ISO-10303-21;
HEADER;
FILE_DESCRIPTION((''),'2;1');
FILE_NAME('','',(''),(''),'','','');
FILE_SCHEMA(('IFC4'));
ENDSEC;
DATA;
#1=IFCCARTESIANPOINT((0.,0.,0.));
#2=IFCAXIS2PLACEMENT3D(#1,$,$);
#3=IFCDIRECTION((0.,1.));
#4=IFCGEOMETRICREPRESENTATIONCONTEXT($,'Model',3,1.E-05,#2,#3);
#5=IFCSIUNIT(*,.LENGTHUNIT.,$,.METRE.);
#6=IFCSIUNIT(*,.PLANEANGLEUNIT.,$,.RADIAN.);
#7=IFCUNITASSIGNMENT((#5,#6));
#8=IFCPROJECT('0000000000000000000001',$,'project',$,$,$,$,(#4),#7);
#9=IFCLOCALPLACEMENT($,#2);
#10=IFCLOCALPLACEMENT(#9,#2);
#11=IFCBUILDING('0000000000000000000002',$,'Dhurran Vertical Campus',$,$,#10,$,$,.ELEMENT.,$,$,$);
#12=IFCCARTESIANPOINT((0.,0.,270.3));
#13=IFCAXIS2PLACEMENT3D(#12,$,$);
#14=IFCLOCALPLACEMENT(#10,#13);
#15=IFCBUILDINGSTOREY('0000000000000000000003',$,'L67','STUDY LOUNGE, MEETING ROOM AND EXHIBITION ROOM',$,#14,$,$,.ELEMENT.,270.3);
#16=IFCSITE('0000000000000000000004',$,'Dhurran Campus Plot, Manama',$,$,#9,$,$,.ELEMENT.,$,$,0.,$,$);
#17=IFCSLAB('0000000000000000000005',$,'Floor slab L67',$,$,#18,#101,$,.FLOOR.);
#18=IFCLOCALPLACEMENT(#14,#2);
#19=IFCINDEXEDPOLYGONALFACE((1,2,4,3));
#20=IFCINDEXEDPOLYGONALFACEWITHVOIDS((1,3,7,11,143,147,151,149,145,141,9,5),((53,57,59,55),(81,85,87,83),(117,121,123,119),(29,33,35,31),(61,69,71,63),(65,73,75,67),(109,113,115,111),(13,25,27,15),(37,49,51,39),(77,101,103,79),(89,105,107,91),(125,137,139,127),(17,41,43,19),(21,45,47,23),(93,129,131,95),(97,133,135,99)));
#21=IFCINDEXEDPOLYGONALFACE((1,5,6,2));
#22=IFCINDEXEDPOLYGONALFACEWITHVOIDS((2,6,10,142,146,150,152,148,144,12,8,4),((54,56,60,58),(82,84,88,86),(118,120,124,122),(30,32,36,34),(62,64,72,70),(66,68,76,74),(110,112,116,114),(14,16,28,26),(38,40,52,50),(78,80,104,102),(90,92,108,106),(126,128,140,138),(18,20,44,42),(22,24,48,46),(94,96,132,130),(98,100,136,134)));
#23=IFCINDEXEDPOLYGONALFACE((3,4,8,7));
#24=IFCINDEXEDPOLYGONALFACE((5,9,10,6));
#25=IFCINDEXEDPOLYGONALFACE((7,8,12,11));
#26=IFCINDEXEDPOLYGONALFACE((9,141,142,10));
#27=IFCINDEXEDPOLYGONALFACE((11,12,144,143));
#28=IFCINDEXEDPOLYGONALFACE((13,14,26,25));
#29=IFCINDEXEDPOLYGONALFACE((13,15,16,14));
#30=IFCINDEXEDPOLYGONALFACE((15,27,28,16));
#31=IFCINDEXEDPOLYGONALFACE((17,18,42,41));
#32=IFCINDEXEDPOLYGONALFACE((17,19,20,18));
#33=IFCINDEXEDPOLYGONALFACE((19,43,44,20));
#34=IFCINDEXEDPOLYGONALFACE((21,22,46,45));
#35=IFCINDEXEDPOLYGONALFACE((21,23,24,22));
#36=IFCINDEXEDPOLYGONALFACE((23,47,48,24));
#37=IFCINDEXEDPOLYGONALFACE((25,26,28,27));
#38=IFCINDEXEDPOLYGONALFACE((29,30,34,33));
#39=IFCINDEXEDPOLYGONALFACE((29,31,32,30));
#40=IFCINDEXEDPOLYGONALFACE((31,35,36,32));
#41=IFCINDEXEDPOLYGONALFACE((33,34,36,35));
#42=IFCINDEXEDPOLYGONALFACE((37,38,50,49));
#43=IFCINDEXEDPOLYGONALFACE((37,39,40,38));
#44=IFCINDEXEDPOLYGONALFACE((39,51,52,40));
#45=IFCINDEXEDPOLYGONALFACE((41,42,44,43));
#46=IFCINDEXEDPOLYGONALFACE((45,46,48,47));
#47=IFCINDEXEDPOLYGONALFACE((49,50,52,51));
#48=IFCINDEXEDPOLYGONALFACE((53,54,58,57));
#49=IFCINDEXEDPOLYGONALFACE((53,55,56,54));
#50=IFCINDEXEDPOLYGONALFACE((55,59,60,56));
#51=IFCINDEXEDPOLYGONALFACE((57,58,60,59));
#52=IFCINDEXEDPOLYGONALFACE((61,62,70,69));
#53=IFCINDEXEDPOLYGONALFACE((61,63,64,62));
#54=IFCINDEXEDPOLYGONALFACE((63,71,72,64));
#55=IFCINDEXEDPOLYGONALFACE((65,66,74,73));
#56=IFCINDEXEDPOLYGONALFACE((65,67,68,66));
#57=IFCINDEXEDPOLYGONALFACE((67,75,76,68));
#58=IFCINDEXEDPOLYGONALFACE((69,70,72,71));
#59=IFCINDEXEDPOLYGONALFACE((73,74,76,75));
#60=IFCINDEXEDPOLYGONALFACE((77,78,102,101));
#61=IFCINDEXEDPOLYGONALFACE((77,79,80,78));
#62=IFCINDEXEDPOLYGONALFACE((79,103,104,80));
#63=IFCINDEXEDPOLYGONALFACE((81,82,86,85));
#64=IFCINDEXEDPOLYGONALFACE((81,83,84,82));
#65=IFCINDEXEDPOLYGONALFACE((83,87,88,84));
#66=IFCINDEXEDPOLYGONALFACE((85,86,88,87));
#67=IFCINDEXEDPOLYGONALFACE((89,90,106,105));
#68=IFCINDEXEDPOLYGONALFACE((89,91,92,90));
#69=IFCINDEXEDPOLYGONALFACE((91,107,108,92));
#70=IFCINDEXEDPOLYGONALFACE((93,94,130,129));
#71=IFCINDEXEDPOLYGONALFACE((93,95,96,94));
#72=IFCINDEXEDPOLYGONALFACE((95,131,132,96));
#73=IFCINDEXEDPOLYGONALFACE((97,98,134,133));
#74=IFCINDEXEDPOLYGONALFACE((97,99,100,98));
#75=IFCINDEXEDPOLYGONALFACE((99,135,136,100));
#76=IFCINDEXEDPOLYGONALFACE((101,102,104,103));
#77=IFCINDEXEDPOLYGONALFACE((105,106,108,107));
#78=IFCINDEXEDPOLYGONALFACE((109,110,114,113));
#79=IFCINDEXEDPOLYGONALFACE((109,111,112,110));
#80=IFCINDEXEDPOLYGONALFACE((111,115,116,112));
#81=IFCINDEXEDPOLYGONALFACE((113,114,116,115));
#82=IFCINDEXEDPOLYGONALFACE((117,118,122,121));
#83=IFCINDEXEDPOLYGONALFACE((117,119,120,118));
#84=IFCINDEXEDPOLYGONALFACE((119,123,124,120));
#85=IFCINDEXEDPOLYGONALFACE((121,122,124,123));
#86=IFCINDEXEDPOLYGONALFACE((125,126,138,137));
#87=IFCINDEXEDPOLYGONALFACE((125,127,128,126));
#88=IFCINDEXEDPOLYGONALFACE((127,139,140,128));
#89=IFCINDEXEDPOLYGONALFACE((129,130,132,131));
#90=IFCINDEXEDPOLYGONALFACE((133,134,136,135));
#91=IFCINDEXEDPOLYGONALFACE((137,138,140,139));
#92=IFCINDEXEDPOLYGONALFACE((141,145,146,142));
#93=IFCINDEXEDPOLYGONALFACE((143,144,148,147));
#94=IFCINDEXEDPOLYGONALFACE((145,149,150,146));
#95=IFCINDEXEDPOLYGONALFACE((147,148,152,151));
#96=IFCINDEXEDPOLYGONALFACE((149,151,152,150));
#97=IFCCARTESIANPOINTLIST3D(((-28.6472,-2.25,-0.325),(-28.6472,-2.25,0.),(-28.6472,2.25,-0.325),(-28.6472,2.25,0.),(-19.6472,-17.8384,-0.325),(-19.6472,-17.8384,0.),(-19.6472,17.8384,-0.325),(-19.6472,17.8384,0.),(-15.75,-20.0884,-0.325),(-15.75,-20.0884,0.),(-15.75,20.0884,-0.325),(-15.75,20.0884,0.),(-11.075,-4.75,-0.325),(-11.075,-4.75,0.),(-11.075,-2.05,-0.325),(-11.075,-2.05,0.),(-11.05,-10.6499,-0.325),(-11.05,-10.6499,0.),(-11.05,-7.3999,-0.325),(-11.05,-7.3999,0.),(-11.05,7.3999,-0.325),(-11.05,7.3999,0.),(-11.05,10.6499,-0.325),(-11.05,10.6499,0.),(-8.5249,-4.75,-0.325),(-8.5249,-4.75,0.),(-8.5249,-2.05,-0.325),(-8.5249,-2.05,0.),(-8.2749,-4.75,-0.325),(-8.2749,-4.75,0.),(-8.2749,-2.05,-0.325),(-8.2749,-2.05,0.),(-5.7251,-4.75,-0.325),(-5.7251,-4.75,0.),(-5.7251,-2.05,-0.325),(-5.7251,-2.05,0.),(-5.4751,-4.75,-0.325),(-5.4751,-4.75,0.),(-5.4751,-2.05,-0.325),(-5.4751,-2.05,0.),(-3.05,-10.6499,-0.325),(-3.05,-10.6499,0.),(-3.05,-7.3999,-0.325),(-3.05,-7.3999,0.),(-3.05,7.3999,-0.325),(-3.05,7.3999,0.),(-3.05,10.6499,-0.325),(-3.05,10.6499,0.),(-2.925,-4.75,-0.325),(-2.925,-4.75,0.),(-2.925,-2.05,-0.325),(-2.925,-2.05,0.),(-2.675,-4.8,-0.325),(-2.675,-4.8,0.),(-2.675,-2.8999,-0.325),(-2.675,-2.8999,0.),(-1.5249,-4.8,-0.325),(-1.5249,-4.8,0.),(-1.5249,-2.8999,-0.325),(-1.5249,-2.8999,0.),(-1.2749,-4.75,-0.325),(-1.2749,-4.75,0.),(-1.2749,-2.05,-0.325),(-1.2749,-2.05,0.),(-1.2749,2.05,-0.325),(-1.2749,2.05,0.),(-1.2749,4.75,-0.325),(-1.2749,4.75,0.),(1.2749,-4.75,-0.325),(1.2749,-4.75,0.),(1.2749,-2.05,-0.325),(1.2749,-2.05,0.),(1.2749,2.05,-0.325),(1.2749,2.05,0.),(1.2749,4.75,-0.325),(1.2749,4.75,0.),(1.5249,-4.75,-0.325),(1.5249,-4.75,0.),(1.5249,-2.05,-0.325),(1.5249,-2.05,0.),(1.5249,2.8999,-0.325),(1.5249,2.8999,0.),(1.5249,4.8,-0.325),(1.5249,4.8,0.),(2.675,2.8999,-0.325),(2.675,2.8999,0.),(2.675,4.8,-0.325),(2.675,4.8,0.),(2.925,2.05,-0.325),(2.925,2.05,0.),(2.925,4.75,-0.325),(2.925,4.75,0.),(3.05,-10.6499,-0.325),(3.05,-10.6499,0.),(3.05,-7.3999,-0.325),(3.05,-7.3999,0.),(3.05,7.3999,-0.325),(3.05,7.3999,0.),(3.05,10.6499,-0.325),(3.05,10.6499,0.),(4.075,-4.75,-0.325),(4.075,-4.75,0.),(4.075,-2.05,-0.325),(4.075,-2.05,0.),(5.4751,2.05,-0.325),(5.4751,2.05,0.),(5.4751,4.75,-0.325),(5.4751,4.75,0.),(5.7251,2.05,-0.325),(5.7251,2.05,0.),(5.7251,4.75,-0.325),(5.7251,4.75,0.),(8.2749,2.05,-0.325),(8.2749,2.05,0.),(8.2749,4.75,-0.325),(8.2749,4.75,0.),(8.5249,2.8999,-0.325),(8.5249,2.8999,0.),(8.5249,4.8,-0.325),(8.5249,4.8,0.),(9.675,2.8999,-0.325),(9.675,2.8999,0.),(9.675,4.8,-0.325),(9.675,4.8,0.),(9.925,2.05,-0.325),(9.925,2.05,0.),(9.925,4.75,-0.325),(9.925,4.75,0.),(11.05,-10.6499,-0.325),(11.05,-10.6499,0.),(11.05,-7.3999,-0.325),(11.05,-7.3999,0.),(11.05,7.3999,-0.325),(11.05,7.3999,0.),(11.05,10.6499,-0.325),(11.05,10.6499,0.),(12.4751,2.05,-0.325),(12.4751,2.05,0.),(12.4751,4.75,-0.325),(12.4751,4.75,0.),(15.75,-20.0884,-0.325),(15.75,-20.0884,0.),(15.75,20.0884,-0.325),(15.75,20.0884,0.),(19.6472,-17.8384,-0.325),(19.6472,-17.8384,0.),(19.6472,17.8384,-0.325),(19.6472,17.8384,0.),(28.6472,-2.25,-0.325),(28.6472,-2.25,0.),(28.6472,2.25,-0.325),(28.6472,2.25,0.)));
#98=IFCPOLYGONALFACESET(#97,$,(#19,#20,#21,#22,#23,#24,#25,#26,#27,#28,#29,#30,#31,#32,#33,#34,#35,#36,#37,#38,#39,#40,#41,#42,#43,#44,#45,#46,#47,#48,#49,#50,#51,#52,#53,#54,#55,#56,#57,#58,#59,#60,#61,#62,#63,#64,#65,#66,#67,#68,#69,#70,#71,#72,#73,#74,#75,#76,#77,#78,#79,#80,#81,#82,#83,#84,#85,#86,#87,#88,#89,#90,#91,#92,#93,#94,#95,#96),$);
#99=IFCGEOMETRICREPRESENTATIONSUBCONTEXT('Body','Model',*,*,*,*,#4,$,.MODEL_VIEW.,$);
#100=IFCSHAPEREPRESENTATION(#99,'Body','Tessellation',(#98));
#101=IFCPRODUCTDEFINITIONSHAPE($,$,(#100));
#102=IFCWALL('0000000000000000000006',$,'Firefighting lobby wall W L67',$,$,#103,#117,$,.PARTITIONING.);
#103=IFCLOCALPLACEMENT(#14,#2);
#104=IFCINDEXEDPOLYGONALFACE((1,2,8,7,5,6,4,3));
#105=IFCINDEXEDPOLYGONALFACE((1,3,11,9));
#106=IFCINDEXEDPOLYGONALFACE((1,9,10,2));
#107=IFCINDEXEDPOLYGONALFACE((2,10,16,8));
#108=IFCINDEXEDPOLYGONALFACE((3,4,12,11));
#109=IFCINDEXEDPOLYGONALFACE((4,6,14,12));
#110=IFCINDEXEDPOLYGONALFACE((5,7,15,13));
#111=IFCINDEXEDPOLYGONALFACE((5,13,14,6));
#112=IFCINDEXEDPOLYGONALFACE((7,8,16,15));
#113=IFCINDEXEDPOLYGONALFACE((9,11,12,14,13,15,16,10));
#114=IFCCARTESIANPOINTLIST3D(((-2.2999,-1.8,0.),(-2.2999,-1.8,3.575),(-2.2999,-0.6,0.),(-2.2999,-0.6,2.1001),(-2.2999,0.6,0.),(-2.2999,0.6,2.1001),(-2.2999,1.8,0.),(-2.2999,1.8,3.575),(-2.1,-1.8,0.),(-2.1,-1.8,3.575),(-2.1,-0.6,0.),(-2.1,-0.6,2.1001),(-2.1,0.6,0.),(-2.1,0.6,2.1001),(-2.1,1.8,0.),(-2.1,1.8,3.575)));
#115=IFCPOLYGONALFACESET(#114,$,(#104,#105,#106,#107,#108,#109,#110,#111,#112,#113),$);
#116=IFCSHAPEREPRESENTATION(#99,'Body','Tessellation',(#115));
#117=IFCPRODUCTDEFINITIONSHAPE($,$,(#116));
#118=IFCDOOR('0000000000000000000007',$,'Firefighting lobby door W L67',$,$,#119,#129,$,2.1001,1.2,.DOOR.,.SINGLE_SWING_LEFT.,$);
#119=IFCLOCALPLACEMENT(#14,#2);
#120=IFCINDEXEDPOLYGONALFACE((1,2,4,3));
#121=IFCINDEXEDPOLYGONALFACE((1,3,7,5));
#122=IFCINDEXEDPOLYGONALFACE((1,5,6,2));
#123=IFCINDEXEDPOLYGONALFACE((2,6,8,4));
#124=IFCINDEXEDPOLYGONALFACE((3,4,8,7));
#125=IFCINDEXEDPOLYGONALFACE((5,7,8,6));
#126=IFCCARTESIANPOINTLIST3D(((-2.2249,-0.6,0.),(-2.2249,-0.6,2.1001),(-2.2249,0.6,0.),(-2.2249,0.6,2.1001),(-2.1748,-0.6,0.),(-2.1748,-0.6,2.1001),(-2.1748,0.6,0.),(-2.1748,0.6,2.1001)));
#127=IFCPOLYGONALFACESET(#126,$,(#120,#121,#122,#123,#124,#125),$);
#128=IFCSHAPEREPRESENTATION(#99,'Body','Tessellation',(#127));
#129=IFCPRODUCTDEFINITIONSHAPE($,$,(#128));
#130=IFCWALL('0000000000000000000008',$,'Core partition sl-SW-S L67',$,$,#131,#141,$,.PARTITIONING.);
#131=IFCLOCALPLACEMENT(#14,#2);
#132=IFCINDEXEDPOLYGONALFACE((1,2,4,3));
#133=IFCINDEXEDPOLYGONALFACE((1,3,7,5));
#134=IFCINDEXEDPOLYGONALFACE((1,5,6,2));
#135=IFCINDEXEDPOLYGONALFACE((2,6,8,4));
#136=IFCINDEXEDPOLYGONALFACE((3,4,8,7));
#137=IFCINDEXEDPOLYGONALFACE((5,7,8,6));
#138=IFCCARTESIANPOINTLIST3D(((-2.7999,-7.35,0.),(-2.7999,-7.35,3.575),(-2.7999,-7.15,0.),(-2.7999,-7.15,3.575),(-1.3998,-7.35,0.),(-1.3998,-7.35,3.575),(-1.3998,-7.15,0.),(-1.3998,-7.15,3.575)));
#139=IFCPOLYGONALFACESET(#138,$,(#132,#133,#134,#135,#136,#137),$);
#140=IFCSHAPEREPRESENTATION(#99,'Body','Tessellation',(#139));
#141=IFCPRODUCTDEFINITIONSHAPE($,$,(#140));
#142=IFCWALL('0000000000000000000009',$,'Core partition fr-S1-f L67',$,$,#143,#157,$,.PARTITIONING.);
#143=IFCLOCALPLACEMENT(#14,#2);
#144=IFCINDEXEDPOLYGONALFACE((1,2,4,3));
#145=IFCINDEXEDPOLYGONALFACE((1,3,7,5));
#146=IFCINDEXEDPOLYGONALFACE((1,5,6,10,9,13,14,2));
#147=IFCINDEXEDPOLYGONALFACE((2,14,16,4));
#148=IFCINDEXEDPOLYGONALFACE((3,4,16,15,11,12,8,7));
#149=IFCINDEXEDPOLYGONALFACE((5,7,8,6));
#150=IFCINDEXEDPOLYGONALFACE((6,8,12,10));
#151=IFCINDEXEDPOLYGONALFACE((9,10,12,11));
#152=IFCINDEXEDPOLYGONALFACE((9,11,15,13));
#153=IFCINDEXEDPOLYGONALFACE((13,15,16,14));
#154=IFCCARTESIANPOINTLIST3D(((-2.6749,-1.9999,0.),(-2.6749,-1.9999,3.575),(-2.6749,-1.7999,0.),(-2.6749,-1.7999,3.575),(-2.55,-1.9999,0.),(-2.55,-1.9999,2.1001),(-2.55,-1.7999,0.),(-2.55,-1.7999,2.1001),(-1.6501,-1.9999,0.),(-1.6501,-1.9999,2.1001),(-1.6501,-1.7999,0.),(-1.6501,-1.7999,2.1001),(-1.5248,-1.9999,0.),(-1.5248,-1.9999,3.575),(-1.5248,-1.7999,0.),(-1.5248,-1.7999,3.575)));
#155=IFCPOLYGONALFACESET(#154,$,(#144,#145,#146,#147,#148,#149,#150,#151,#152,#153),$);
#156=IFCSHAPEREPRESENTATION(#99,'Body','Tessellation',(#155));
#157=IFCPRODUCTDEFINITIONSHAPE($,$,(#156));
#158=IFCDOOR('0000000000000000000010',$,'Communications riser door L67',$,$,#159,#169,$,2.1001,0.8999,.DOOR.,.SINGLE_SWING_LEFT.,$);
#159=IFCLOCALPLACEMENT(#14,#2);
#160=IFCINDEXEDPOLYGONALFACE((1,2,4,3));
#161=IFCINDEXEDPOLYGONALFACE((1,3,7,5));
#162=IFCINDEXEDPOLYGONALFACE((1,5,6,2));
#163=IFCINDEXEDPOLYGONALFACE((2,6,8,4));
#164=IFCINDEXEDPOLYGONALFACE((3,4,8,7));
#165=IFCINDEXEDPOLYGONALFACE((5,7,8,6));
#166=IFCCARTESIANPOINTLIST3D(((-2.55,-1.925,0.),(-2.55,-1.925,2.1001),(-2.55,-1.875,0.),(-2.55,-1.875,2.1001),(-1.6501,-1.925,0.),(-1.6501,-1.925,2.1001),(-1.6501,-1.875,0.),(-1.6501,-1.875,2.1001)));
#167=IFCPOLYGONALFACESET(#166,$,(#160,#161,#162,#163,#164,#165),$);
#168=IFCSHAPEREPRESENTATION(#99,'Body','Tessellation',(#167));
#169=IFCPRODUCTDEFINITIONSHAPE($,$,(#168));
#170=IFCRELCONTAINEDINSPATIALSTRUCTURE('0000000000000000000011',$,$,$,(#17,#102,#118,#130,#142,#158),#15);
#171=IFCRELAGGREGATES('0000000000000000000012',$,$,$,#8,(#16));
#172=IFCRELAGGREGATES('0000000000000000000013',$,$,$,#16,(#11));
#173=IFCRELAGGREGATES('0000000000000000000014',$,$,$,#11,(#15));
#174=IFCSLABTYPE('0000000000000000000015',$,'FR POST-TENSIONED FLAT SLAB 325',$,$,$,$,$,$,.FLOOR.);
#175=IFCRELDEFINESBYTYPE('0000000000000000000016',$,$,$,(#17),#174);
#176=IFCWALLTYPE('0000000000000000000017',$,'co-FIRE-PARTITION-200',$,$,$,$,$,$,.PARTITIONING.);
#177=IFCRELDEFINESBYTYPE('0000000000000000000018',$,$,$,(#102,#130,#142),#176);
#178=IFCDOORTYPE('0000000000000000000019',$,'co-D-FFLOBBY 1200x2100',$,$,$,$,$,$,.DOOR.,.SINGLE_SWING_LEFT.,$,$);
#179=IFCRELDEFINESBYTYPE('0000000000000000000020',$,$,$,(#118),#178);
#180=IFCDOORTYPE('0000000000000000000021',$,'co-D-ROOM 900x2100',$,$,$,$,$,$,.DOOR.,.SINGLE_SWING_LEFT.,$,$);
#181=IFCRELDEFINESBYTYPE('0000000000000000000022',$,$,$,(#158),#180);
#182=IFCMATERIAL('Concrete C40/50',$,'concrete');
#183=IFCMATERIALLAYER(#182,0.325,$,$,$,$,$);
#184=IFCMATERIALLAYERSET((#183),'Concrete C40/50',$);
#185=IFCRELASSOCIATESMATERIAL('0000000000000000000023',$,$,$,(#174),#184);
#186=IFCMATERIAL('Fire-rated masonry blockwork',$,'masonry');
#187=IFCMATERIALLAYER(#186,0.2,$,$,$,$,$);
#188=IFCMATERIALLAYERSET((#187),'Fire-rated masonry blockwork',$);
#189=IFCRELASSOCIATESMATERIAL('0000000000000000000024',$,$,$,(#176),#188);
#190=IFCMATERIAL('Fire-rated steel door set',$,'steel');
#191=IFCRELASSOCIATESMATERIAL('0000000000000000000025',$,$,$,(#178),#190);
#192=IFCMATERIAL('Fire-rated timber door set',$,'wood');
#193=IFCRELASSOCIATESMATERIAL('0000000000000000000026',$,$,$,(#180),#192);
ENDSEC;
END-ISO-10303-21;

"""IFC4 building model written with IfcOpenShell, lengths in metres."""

from ifc_helpers import new_model, si_unit, direction, frame, frame_2d, origin, place, context, subcontext, project, spatial, polyline, rectangle, outline, extrude, material, layer, layer_set, type_object, element, fill, save


model = new_model("IFC4")

# Units and contexts
model_context = context("Model", 3, precision=1e-05, world=origin(), true_north=direction((0.0, 1.0)))
body_context = subcontext(model_context, "Body", "Model", "MODEL_VIEW")
ifc_project = project(units=[si_unit("LENGTHUNIT", "METRE"), si_unit("PLANEANGLEUNIT", "RADIAN")], contexts=[model_context])

# Site, building, storey
site_placement = place(None, origin())
site = spatial("IfcSite", under=ifc_project, at=site_placement, Name="Dhurran Campus Plot, Manama", CompositionType="ELEMENT", RefElevation=0.0)
building_placement = place(site_placement, origin())
building = spatial("IfcBuilding", under=site, at=building_placement, Name="Dhurran Vertical Campus", CompositionType="ELEMENT")
storey_placement = place(building_placement, frame((0.0, 0.0, 270.3)))
storey = spatial("IfcBuildingStorey", under=building, at=storey_placement, Name="L67", Description="STUDY LOUNGE, MEETING ROOM AND EXHIBITION ROOM", CompositionType="ELEMENT", Elevation=270.3)

# Slab
ifc_material_1 = material(Name="Concrete C40/50", Category="concrete")
ifc_layer_1 = layer(ifc_material_1, 0.325)
ifc_layer_set_1 = layer_set([ifc_layer_1], Name="Concrete C40/50")
slab_type = type_object("IfcSlabType", Name="FR POST-TENSIONED FLAT SLAB 325", PredefinedType="FLOOR", material=ifc_layer_set_1)
slab_placement = place(storey_placement, frame((0.0, 0.0, -0.325)))
element("IfcSlab", 1, at=slab_placement, inside=storey, type_object=slab_type, Name="Floor slab L67", PredefinedType="FLOOR", context=body_context, shape_type="SweptSolid", body=[
    extrude(outline(polyline([(-15.75, -20.0884), (15.75, -20.0884), (19.6472, -17.8384), (28.6472, -2.25), (28.6472, 2.25), (19.6472, 17.8384), (15.75, 20.0884), (-15.75, 20.0884), (-19.6472, 17.8384), (-28.6472, 2.25), (-28.6472, -2.25), (-19.6472, -17.8384), (-15.75, -20.0884)]), holes=[polyline([(-1.2749, 2.05), (1.2749, 2.05), (1.2749, 4.75), (-1.2749, 4.75), (-1.2749, 2.05)]), polyline([(9.925, 2.05), (12.4751, 2.05), (12.4751, 4.75), (9.925, 4.75), (9.925, 2.05)]), polyline([(-1.2749, -4.75), (1.2749, -4.75), (1.2749, -2.05), (-1.2749, -2.05), (-1.2749, -4.75)]), polyline([(1.5249, -4.75), (4.075, -4.75), (4.075, -2.05), (1.5249, -2.05), (1.5249, -4.75)]), polyline([(2.925, 2.05), (5.4751, 2.05), (5.4751, 4.75), (2.925, 4.75), (2.925, 2.05)]), polyline([(5.7251, 2.05), (8.2749, 2.05), (8.2749, 4.75), (5.7251, 4.75), (5.7251, 2.05)]), polyline([(-11.075, -4.75), (-8.5249, -4.75), (-8.5249, -2.05), (-11.075, -2.05), (-11.075, -4.75)]), polyline([(-8.2749, -4.75), (-5.7251, -4.75), (-5.7251, -2.05), (-8.2749, -2.05), (-8.2749, -4.75)]), polyline([(-5.4751, -4.75), (-2.925, -4.75), (-2.925, -2.05), (-5.4751, -2.05), (-5.4751, -4.75)]), polyline([(-11.05, 7.3999), (-3.05, 7.3999), (-3.05, 10.6499), (-11.05, 10.6499), (-11.05, 7.3999)]), polyline([(3.05, 7.3999), (11.05, 7.3999), (11.05, 10.6499), (3.05, 10.6499), (3.05, 7.3999)]), polyline([(-11.05, -10.6499), (-3.05, -10.6499), (-3.05, -7.3999), (-11.05, -7.3999), (-11.05, -10.6499)]), polyline([(3.05, -10.6499), (11.05, -10.6499), (11.05, -7.3999), (3.05, -7.3999), (3.05, -10.6499)]), polyline([(2.675, 2.8999), (1.5249, 2.8999), (1.5249, 4.8), (2.675, 4.8), (2.675, 2.8999)]), polyline([(-2.675, -2.8999), (-1.5249, -2.8999), (-1.5249, -4.8), (-2.675, -4.8), (-2.675, -2.8999)]), polyline([(9.675, 2.8999), (8.5249, 2.8999), (8.5249, 4.8), (9.675, 4.8), (9.675, 2.8999)])]), origin(), (0.0, 0.0, 1.0), 0.325),
])

# Wall, opening, door
ifc_material_2 = material(Name="Fire-rated masonry blockwork", Category="masonry")
ifc_layer_2 = layer(ifc_material_2, 0.2)
ifc_layer_set_2 = layer_set([ifc_layer_2], Name="Fire-rated masonry blockwork")
wall_type_1 = type_object("IfcWallType", Name="co-FIRE-PARTITION-200", PredefinedType="PARTITIONING", material=ifc_layer_set_2)
wall_1_placement = place(storey_placement, frame((-2.2, -1.8, 0.0), z_axis=(0.0, 0.0, 1.0), x_axis=(0.0, 1.0, 0.0)))
wall_1 = element("IfcWall", 2, at=wall_1_placement, inside=storey, type_object=wall_type_1, Name="Firefighting lobby wall W L67", PredefinedType="PARTITIONING", context=body_context, shape_type="SweptSolid", body=[
    extrude(rectangle(XDim=3.6001, YDim=0.2, at=frame_2d((1.8, 0.0))), origin(), (0.0, 0.0, 1.0), 3.575),
])
opening_1_placement = place(wall_1_placement, frame((1.2, 0.0, 0.0)))
opening_1 = element("IfcOpeningElement", 3, at=opening_1_placement, cuts=wall_1, PredefinedType="OPENING", context=body_context, shape_type="SweptSolid", body=[
    extrude(rectangle(XDim=1.2, YDim=2.1001, at=frame_2d((0.6001, 1.05))), frame((0.0, 0.1099, 0.0), z_axis=(0.0, -1.0, 0.0), x_axis=(1.0, 0.0, 0.0)), (0.0, 0.0, 1.0), 0.22),
])
ifc_material_3 = material(Name="Fire-rated steel door set", Category="steel")
door_type_1 = type_object("IfcDoorType", Name="co-D-FFLOBBY 1200x2100", OperationType="SINGLE_SWING_LEFT", PredefinedType="DOOR", material=ifc_material_3)
door_1_placement = place(opening_1_placement, origin())
door_1 = element("IfcDoor", 4, at=door_1_placement, inside=storey, type_object=door_type_1, Name="Firefighting lobby door W L67", OperationType="SINGLE_SWING_LEFT", OverallHeight=2.1001, OverallWidth=1.2, PredefinedType="DOOR", context=body_context, shape_type="SweptSolid", body=[
    extrude(rectangle(XDim=1.2, YDim=2.1001, at=frame_2d((0.6001, 1.05))), frame((0.0, 0.0249, 0.0), z_axis=(0.0, -1.0, 0.0), x_axis=(1.0, 0.0, 0.0)), (0.0, 0.0, 1.0), 0.05),
])
fill(opening_1, door_1)

# Wall
wall_2_placement = place(storey_placement, frame((-2.8, -7.25, 0.0), z_axis=(0.0, 0.0, 1.0), x_axis=(1.0, 0.0, 0.0)))
element("IfcWall", 5, at=wall_2_placement, inside=storey, type_object=wall_type_1, Name="Core partition sl-SW-S L67", PredefinedType="PARTITIONING", context=body_context, shape_type="SweptSolid", body=[
    extrude(rectangle(XDim=1.4001, YDim=0.2, at=frame_2d((0.7002, 0.0))), origin(), (0.0, 0.0, 1.0), 3.575),
])

# Wall, opening, door
wall_3_placement = place(storey_placement, frame((-2.675, -1.8999, 0.0), z_axis=(0.0, 0.0, 1.0), x_axis=(1.0, 0.0, 0.0)))
wall_3 = element("IfcWall", 6, at=wall_3_placement, inside=storey, type_object=wall_type_1, Name="Core partition fr-S1-f L67", PredefinedType="PARTITIONING", context=body_context, shape_type="SweptSolid", body=[
    extrude(rectangle(XDim=1.1501, YDim=0.2, at=frame_2d((0.5752, 0.0))), origin(), (0.0, 0.0, 1.0), 3.575),
])
opening_2_placement = place(wall_3_placement, frame((0.125, 0.0, 0.0)))
opening_2 = element("IfcOpeningElement", 7, at=opening_2_placement, cuts=wall_3, PredefinedType="OPENING", context=body_context, shape_type="SweptSolid", body=[
    extrude(rectangle(XDim=0.8999, YDim=2.1001, at=frame_2d((0.45, 1.05))), frame((0.0, 0.1099, 0.0), z_axis=(0.0, -1.0, 0.0), x_axis=(1.0, 0.0, 0.0)), (0.0, 0.0, 1.0), 0.22),
])
ifc_material_4 = material(Name="Fire-rated timber door set", Category="wood")
door_type_2 = type_object("IfcDoorType", Name="co-D-ROOM 900x2100", OperationType="SINGLE_SWING_LEFT", PredefinedType="DOOR", material=ifc_material_4)
door_2_placement = place(opening_2_placement, origin())
door_2 = element("IfcDoor", 8, at=door_2_placement, inside=storey, type_object=door_type_2, Name="Communications riser door L67", OperationType="SINGLE_SWING_LEFT", OverallHeight=2.1001, OverallWidth=0.8999, PredefinedType="DOOR", context=body_context, shape_type="SweptSolid", body=[
    extrude(rectangle(XDim=0.8999, YDim=2.1001, at=frame_2d((0.45, 1.05))), frame((0.0, 0.0249, 0.0), z_axis=(0.0, -1.0, 0.0), x_axis=(1.0, 0.0, 0.0)), (0.0, 0.0, 1.0), 0.05),
])
fill(opening_2, door_2)

save(model, "model.ifc")
